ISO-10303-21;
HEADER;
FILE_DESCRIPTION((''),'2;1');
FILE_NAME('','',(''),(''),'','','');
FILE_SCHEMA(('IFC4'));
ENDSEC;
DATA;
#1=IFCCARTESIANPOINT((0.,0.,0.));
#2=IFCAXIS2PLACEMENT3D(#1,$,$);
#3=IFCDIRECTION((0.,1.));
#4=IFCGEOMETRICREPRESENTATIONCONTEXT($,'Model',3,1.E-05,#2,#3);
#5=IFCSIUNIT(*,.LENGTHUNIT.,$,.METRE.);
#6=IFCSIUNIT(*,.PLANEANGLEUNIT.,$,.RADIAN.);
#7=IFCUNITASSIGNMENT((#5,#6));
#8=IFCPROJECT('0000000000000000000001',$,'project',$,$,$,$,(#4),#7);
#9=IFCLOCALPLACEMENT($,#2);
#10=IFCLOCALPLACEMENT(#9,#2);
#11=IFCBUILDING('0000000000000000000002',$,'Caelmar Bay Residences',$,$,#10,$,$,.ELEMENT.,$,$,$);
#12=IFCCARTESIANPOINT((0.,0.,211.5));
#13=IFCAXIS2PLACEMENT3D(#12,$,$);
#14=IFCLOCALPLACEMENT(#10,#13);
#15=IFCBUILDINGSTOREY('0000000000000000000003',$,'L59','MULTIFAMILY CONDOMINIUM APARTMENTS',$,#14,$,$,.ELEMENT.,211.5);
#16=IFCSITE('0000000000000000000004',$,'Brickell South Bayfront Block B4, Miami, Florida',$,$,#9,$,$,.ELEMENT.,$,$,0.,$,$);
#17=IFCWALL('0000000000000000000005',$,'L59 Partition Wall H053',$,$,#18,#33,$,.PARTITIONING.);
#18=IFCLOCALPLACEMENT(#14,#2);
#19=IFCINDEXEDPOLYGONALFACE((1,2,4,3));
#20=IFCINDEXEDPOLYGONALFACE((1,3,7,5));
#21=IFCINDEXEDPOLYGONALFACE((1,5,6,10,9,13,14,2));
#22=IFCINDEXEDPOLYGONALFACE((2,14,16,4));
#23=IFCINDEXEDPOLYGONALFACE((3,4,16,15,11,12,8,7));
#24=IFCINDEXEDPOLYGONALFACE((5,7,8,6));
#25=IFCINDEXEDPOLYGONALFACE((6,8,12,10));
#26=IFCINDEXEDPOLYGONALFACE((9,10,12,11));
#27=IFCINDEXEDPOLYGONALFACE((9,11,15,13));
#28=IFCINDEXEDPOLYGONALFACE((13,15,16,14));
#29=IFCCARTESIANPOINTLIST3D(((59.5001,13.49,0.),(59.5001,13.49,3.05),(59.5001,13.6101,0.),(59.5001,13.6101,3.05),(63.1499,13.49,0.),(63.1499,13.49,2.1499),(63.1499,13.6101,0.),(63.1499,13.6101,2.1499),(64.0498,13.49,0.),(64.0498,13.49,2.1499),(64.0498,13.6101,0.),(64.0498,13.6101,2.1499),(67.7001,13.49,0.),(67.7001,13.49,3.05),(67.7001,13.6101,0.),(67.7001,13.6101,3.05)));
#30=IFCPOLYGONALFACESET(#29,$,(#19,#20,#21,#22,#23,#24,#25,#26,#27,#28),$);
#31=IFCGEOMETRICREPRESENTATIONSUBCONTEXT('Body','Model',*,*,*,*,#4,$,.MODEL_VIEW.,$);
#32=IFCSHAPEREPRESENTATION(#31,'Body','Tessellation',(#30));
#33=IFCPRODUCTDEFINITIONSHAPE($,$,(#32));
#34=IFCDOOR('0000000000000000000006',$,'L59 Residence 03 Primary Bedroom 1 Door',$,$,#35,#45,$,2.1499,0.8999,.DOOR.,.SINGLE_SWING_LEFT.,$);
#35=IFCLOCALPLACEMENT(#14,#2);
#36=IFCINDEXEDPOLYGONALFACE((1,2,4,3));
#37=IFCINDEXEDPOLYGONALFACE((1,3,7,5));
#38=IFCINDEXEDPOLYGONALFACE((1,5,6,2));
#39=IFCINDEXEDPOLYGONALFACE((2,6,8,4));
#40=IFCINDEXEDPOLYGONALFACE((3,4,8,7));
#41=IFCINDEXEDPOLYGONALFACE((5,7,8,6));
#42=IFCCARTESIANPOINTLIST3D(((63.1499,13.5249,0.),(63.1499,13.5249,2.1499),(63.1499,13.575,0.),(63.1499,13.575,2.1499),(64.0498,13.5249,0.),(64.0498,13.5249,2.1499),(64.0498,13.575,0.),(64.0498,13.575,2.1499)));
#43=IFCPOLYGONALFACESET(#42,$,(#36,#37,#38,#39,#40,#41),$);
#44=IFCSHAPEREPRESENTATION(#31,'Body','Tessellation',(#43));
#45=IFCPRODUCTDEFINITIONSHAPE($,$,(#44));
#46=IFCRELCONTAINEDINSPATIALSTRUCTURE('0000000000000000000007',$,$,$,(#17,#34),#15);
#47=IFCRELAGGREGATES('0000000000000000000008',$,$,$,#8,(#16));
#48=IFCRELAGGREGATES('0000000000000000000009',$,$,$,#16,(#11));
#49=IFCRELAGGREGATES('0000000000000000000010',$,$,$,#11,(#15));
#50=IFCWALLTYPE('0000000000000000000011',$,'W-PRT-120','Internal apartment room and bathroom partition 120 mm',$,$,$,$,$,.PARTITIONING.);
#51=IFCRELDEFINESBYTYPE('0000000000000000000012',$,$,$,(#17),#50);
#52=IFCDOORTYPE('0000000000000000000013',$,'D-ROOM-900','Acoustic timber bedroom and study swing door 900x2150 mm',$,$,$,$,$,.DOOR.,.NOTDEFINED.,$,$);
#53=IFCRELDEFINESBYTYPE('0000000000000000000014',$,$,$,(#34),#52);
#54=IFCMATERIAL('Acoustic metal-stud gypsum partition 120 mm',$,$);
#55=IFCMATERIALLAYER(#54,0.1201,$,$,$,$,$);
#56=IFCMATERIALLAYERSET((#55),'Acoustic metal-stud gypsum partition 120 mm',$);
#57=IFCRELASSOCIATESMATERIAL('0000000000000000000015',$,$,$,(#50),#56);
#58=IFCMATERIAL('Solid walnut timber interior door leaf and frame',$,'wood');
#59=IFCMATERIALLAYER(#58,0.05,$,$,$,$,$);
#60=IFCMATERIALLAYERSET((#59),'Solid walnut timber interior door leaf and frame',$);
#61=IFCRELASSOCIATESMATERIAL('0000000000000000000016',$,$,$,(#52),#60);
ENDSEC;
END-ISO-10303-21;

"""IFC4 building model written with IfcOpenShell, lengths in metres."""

from ifc_helpers import new_model, si_unit, direction, frame, frame_2d, origin, place, context, subcontext, project, spatial, rectangle, extrude, material, layer, layer_set, type_object, element, fill, save


model = new_model("IFC4")

# Units and contexts
model_context = context("Model", 3, precision=1e-05, world=origin(), true_north=direction((0.0, 1.0)))
body_context = subcontext(model_context, "Body", "Model", "MODEL_VIEW")
ifc_project = project(units=[si_unit("LENGTHUNIT", "METRE"), si_unit("PLANEANGLEUNIT", "RADIAN")], contexts=[model_context])

# Site, building, storey
site_placement = place(None, origin())
site = spatial("IfcSite", under=ifc_project, at=site_placement, Name="Brickell South Bayfront Block B4, Miami, Florida", CompositionType="ELEMENT", RefElevation=0.0)
building_placement = place(site_placement, origin())
building = spatial("IfcBuilding", under=site, at=building_placement, Name="Caelmar Bay Residences", CompositionType="ELEMENT")
storey_placement = place(building_placement, frame((0.0, 0.0, 211.5)))
storey = spatial("IfcBuildingStorey", under=building, at=storey_placement, Name="L59", Description="MULTIFAMILY CONDOMINIUM APARTMENTS", CompositionType="ELEMENT", Elevation=211.5)

# Wall, opening, door
ifc_material_1 = material(Name="Acoustic metal-stud gypsum partition 120 mm")
ifc_layer_1 = layer(ifc_material_1, 0.1201)
ifc_layer_set_1 = layer_set([ifc_layer_1], Name="Acoustic metal-stud gypsum partition 120 mm")
wall_type_1 = type_object("IfcWallType", Name="W-PRT-120", Description="Internal apartment room and bathroom partition 120 mm", PredefinedType="PARTITIONING", material=ifc_layer_set_1)
wall_1_placement = place(storey_placement, frame((59.5, 13.55, 0.0), z_axis=(0.0, 0.0, 1.0), x_axis=(1.0, 0.0, 0.0)))
wall_1 = element("IfcWall", 1, at=wall_1_placement, inside=storey, type_object=wall_type_1, Name="L59 Partition Wall H053", PredefinedType="PARTITIONING", context=body_context, shape_type="SweptSolid", body=[
    extrude(rectangle(XDim=8.2, YDim=0.1201, at=frame_2d((4.1001, 0.0))), origin(), (0.0, 0.0, 1.0), 3.05),
])
opening_1_placement = place(wall_1_placement, frame((3.6499, 0.0, 0.0)))
opening_1 = element("IfcOpeningElement", 2, at=opening_1_placement, cuts=wall_1, PredefinedType="OPENING", context=body_context, shape_type="SweptSolid", body=[
    extrude(rectangle(XDim=0.8999, YDim=2.1499, at=frame_2d((0.45, 1.075))), frame((0.0, 0.0701, 0.0), z_axis=(0.0, -1.0, 0.0), x_axis=(1.0, 0.0, 0.0)), (0.0, 0.0, 1.0), 0.1401),
])
ifc_material_2 = material(Name="Solid walnut timber interior door leaf and frame", Category="wood")
ifc_layer_2 = layer(ifc_material_2, 0.05)
ifc_layer_set_2 = layer_set([ifc_layer_2], Name="Solid walnut timber interior door leaf and frame")
door_type_1 = type_object("IfcDoorType", Name="D-ROOM-900", Description="Acoustic timber bedroom and study swing door 900x2150 mm", OperationType="NOTDEFINED", PredefinedType="DOOR", material=ifc_layer_set_2)
door_1_placement = place(opening_1_placement, origin())
door_1 = element("IfcDoor", 3, at=door_1_placement, inside=storey, type_object=door_type_1, Name="L59 Residence 03 Primary Bedroom 1 Door", OperationType="SINGLE_SWING_LEFT", OverallHeight=2.1499, OverallWidth=0.8999, PredefinedType="DOOR", context=body_context, shape_type="SweptSolid", body=[
    extrude(rectangle(XDim=0.8999, YDim=2.1499, at=frame_2d((0.45, 1.075))), frame((0.0, 0.0249, 0.0), z_axis=(0.0, -1.0, 0.0), x_axis=(1.0, 0.0, 0.0)), (0.0, 0.0, 1.0), 0.05),
])
fill(opening_1, door_1)

save(model, "model.ifc")
